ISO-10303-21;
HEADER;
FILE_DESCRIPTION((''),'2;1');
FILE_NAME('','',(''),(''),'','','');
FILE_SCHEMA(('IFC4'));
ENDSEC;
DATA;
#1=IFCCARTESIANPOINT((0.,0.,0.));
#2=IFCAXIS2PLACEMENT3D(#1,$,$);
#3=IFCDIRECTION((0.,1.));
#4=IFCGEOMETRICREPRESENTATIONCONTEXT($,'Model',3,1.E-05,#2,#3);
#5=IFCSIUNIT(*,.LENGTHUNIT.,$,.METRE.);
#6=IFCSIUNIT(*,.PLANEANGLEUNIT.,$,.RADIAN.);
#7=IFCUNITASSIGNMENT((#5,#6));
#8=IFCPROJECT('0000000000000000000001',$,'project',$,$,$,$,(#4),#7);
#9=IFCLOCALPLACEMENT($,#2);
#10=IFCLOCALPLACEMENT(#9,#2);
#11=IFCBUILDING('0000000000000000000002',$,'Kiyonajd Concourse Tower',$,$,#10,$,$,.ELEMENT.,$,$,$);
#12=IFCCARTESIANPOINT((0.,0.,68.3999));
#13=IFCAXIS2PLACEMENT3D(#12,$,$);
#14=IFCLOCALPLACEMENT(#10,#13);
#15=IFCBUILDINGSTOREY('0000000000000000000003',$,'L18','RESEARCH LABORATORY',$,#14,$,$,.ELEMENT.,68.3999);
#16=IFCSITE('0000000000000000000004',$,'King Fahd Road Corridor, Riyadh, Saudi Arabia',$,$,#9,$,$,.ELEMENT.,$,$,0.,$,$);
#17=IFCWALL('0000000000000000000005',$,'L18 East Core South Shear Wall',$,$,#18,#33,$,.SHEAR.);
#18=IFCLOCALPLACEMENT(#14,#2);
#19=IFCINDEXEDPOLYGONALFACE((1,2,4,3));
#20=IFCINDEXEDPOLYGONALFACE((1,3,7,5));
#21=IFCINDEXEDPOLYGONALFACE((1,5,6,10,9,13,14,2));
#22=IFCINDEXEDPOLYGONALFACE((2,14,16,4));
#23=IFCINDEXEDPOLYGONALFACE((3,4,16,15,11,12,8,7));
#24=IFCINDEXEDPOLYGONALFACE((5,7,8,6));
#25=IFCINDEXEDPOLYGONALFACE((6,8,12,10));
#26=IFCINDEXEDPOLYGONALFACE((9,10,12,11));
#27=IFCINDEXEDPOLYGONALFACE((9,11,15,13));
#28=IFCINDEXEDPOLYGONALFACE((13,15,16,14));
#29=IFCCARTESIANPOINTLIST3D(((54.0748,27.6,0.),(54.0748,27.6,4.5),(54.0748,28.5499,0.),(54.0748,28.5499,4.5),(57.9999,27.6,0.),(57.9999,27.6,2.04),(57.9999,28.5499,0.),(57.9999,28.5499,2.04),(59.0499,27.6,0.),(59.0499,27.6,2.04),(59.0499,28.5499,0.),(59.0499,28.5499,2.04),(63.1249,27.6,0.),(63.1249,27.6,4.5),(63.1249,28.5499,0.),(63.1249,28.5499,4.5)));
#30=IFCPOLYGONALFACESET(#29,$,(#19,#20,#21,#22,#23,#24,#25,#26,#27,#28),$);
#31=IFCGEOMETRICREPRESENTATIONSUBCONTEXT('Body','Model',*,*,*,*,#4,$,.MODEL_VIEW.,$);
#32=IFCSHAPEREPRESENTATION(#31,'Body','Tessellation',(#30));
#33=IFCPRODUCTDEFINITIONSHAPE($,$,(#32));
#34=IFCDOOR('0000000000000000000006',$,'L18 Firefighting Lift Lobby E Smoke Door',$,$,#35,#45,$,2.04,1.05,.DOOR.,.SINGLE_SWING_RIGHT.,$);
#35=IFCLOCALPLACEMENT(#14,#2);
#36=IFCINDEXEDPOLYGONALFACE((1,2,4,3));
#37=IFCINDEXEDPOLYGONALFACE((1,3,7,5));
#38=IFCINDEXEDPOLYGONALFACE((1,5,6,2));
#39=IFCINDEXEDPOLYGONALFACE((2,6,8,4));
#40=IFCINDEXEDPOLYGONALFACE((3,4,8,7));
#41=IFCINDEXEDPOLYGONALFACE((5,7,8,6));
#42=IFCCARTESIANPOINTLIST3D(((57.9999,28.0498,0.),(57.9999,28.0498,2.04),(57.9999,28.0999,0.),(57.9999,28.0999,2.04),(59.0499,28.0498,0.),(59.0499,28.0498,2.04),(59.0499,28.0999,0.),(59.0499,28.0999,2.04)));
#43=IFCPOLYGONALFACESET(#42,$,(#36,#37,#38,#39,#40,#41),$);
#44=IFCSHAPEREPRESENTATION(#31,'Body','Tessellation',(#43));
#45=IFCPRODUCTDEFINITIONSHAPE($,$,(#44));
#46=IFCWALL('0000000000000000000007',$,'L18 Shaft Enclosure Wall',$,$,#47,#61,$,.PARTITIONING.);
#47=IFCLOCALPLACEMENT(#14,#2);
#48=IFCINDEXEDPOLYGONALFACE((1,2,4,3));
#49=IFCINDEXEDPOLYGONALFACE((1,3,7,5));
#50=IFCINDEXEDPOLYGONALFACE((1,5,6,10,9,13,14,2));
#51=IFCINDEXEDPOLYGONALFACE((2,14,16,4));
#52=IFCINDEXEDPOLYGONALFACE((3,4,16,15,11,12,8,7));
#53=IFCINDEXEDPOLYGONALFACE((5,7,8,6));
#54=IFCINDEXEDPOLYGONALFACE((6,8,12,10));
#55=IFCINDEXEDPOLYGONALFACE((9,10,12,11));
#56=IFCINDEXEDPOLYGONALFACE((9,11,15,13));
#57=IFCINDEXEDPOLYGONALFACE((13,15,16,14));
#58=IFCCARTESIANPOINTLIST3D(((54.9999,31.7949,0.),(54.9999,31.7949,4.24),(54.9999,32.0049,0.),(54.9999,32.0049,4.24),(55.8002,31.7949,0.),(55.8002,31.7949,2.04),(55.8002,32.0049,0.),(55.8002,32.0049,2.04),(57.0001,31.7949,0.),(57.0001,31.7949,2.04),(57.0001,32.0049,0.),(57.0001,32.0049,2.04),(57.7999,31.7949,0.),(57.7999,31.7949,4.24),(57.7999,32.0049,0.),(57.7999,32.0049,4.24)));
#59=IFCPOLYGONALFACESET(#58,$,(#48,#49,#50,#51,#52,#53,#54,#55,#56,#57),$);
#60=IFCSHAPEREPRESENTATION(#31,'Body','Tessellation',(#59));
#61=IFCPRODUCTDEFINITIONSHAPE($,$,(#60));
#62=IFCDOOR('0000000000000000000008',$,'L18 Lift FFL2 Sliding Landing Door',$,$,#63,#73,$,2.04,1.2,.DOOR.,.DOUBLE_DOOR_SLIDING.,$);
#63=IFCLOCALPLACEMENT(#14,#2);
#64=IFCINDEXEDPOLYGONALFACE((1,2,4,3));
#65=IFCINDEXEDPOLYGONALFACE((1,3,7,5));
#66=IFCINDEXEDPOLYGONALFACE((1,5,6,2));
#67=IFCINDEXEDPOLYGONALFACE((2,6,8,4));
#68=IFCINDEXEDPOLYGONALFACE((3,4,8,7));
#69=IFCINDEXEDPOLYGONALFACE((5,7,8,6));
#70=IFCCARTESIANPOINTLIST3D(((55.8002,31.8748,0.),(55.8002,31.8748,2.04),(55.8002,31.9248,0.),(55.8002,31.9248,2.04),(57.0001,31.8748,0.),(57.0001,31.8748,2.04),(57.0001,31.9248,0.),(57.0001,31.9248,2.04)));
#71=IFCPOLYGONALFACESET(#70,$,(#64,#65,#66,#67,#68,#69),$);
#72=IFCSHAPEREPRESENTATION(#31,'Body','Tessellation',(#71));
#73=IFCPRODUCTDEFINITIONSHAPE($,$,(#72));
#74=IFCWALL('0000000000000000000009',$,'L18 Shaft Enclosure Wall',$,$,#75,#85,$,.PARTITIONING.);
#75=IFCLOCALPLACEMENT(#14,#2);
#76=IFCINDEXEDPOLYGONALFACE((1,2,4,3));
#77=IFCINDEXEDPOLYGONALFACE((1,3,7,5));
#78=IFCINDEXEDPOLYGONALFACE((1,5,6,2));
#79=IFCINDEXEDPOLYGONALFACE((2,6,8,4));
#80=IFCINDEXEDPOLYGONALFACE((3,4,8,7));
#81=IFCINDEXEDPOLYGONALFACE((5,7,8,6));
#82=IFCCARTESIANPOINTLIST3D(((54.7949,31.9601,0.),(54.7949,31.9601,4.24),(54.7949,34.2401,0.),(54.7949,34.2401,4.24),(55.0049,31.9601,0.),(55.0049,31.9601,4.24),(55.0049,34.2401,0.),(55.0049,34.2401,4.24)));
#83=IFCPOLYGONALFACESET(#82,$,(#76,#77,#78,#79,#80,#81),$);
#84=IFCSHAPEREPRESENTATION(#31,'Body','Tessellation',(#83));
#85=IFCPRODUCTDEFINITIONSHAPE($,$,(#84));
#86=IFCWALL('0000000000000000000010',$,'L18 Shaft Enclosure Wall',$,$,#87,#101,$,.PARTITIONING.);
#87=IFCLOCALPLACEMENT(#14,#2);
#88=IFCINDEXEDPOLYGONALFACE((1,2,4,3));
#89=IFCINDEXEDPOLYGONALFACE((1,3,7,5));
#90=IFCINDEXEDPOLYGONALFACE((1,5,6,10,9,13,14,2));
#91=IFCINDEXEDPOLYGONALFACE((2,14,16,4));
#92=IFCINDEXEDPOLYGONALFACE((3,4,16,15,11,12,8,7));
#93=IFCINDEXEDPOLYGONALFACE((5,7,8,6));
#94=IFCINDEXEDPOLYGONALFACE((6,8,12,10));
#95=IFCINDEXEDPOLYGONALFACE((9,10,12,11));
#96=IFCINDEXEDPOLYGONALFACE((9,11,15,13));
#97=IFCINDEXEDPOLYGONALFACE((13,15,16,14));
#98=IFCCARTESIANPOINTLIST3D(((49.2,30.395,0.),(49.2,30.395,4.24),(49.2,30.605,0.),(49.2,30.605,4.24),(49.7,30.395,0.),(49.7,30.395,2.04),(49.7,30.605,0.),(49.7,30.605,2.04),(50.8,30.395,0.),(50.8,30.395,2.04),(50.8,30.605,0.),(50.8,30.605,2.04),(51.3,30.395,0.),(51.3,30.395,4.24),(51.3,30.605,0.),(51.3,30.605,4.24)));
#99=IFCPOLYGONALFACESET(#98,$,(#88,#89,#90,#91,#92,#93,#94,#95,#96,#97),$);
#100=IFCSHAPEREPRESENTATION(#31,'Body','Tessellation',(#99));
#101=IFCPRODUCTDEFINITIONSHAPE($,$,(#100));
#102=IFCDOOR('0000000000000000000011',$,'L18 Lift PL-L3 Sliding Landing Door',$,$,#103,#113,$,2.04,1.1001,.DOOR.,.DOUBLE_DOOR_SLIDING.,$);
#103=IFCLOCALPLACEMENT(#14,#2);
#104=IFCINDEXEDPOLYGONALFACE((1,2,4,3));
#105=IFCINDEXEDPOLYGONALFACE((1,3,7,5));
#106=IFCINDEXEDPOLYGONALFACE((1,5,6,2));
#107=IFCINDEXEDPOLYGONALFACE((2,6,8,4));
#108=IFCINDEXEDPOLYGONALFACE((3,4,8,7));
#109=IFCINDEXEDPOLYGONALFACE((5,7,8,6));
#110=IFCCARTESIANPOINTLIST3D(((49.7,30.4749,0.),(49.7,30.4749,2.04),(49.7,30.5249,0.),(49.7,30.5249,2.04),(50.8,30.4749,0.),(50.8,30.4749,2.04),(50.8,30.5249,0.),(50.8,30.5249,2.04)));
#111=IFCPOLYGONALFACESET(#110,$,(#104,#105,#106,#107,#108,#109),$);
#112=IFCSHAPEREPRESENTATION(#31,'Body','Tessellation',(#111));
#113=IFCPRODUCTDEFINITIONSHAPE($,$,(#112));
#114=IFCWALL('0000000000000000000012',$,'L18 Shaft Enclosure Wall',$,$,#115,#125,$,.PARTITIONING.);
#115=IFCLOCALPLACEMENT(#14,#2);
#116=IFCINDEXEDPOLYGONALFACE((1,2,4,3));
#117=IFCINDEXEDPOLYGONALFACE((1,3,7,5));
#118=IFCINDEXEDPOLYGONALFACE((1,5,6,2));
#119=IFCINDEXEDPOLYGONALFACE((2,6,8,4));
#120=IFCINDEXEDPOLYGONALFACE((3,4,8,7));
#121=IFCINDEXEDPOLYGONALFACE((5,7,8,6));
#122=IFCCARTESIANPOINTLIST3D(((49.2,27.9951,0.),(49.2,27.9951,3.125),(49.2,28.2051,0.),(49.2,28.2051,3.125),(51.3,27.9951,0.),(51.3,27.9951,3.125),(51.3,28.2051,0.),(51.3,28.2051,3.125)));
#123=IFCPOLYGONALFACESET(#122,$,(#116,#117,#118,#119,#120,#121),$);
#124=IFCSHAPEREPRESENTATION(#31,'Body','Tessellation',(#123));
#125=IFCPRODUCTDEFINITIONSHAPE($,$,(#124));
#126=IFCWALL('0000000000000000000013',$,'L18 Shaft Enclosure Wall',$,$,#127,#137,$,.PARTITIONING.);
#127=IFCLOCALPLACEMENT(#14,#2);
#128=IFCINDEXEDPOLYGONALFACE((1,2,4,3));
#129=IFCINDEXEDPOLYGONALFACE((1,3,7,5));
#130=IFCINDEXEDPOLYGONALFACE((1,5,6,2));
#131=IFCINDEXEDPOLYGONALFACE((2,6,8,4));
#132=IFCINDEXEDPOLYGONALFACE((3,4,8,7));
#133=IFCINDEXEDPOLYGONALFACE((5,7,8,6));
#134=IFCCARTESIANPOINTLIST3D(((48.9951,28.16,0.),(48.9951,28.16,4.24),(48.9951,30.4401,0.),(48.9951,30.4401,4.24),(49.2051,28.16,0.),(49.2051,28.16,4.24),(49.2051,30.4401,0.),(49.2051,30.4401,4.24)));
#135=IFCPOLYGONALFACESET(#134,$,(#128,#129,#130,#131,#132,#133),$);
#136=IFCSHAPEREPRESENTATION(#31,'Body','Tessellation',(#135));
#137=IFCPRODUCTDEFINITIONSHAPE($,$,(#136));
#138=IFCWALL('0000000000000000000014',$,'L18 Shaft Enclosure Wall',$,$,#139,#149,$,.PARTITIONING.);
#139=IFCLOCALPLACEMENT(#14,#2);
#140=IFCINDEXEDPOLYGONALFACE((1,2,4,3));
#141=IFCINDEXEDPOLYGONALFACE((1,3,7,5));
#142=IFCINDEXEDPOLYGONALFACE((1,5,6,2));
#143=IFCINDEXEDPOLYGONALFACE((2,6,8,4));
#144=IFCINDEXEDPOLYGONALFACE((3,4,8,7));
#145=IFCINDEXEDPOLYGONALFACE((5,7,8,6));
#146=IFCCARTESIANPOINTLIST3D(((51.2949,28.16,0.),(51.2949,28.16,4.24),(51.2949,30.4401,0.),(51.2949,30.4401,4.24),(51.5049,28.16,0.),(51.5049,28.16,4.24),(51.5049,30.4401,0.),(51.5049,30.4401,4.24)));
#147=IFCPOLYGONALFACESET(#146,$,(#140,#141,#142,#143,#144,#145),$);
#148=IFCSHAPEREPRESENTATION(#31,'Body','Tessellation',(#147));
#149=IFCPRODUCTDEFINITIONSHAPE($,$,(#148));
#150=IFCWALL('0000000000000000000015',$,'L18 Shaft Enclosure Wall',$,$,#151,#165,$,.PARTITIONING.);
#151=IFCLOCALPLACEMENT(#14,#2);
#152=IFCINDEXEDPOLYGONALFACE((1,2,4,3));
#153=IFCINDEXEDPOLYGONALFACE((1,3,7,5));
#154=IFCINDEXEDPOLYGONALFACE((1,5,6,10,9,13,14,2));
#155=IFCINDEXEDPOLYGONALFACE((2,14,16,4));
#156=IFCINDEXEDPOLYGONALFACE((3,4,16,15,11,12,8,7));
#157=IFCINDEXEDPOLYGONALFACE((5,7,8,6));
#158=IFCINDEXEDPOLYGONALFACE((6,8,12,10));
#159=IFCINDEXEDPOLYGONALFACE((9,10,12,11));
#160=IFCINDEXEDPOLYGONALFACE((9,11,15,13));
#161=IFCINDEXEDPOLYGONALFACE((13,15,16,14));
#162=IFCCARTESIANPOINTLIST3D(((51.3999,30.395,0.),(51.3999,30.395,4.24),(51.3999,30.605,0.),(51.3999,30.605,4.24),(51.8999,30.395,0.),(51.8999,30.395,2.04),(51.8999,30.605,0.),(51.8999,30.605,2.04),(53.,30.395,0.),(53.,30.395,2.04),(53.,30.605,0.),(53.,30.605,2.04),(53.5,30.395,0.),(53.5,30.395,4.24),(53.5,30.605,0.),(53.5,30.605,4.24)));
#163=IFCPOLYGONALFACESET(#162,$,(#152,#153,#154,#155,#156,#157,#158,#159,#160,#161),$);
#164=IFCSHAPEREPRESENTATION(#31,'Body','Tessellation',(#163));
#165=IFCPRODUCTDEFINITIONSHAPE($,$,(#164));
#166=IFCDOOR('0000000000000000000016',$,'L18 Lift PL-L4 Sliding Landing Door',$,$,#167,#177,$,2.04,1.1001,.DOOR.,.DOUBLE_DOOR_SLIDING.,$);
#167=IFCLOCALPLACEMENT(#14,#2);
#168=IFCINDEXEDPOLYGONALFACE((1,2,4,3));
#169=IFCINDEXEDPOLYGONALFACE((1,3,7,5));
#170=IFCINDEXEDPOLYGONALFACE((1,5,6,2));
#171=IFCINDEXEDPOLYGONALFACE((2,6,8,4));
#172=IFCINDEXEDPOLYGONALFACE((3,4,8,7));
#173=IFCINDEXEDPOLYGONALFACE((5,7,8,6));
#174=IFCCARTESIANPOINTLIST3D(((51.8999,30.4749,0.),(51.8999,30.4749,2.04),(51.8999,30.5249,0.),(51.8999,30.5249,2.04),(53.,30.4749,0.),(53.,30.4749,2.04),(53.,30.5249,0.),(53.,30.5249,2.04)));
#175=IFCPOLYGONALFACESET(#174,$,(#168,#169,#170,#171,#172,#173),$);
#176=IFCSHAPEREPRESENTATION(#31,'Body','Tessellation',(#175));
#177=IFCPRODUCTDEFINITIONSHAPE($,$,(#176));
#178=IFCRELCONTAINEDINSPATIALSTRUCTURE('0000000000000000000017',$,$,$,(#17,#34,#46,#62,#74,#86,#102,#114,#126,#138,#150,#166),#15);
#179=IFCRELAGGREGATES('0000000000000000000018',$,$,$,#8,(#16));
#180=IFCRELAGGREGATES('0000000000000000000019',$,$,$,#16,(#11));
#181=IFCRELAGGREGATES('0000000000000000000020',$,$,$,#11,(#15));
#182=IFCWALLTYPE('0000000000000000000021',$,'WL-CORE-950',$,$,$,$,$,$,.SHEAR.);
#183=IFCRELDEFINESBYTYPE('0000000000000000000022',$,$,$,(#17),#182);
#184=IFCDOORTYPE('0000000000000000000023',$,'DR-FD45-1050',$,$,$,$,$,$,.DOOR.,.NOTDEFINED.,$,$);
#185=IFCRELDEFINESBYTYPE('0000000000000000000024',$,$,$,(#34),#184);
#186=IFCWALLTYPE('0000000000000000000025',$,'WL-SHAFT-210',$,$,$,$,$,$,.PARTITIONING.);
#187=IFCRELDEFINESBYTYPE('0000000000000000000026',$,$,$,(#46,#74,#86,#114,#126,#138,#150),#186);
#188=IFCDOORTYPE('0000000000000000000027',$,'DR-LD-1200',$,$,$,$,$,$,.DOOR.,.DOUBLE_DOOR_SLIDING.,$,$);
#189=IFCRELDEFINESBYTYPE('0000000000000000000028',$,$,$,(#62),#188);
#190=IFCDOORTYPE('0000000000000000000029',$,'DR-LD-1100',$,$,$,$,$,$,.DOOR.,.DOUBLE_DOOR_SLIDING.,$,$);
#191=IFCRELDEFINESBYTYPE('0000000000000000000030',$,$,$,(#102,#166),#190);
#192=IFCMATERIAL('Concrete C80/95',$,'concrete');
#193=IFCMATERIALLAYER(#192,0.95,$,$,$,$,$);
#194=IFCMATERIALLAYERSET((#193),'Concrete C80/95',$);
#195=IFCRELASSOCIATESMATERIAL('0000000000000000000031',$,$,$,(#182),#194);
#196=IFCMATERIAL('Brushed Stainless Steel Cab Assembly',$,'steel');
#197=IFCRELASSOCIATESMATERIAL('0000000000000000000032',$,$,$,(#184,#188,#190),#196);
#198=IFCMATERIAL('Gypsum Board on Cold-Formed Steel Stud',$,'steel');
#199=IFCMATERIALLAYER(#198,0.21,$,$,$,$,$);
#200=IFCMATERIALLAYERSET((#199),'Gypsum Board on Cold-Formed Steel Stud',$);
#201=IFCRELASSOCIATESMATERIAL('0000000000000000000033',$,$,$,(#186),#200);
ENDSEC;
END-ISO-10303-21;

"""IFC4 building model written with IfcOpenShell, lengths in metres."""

from ifc_helpers import new_model, si_unit, direction, frame, frame_2d, origin, place, context, subcontext, project, spatial, rectangle, extrude, material, layer, layer_set, type_object, element, fill, save


model = new_model("IFC4")

# Units and contexts
model_context = context("Model", 3, precision=1e-05, world=origin(), true_north=direction((0.0, 1.0)))
body_context = subcontext(model_context, "Body", "Model", "MODEL_VIEW")
ifc_project = project(units=[si_unit("LENGTHUNIT", "METRE"), si_unit("PLANEANGLEUNIT", "RADIAN")], contexts=[model_context])

# Site, building, storey
site_placement = place(None, origin())
site = spatial("IfcSite", under=ifc_project, at=site_placement, Name="King Fahd Road Corridor, Riyadh, Saudi Arabia", CompositionType="ELEMENT", RefElevation=0.0)
building_placement = place(site_placement, origin())
building = spatial("IfcBuilding", under=site, at=building_placement, Name="Kiyonajd Concourse Tower", CompositionType="ELEMENT")
storey_placement = place(building_placement, frame((0.0, 0.0, 68.3999)))
storey = spatial("IfcBuildingStorey", under=building, at=storey_placement, Name="L18", Description="RESEARCH LABORATORY", CompositionType="ELEMENT", Elevation=68.3999)

# Shared definitions
ifc_material_1 = material(Name="Concrete C80/95", Category="concrete")
ifc_layer_1 = layer(ifc_material_1, 0.95)
ifc_layer_set_1 = layer_set([ifc_layer_1], Name="Concrete C80/95")
wall_type_1 = type_object("IfcWallType", Name="WL-CORE-950", PredefinedType="SHEAR", material=ifc_layer_set_1)

# Walls, openings, doors
wall_1_placement = place(storey_placement, frame((54.075, 28.075, 0.0), z_axis=(0.0, 0.0, 1.0), x_axis=(1.0, 0.0, 0.0)))
wall_1 = element("IfcWall", 1, at=wall_1_placement, inside=storey, type_object=wall_type_1, Name="L18 East Core South Shear Wall", PredefinedType="SHEAR", context=body_context, shape_type="SweptSolid", body=[
    extrude(rectangle(XDim=9.05, YDim=0.95, at=frame_2d((4.5249, 0.0))), origin(), (0.0, 0.0, 1.0), 4.5),
])
opening_1_placement = place(wall_1_placement, frame((3.925, 0.0, 0.0)))
opening_1 = element("IfcOpeningElement", 2, at=opening_1_placement, cuts=wall_1, PredefinedType="OPENING", context=body_context, shape_type="SweptSolid", body=[
    extrude(rectangle(XDim=1.05, YDim=2.04, at=frame_2d((0.5249, 1.02))), frame((0.0, 0.4849, 0.0), z_axis=(0.0, -1.0, 0.0), x_axis=(1.0, 0.0, 0.0)), (0.0, 0.0, 1.0), 0.97),
])
ifc_material_2 = material(Name="Brushed Stainless Steel Cab Assembly", Category="steel")
door_type_1 = type_object("IfcDoorType", Name="DR-FD45-1050", OperationType="NOTDEFINED", PredefinedType="DOOR", material=ifc_material_2)
door_1_placement = place(opening_1_placement, origin())
door_1 = element("IfcDoor", 3, at=door_1_placement, inside=storey, type_object=door_type_1, Name="L18 Firefighting Lift Lobby E Smoke Door", OperationType="SINGLE_SWING_RIGHT", OverallHeight=2.04, OverallWidth=1.05, PredefinedType="DOOR", context=body_context, shape_type="SweptSolid", body=[
    extrude(rectangle(XDim=1.05, YDim=2.04, at=frame_2d((0.5249, 1.02))), frame((0.0, 0.0249, 0.0), z_axis=(0.0, -1.0, 0.0), x_axis=(1.0, 0.0, 0.0)), (0.0, 0.0, 1.0), 0.05),
])
fill(opening_1, door_1)
ifc_material_3 = material(Name="Gypsum Board on Cold-Formed Steel Stud", Category="steel")
ifc_layer_2 = layer(ifc_material_3, 0.21)
ifc_layer_set_2 = layer_set([ifc_layer_2], Name="Gypsum Board on Cold-Formed Steel Stud")
wall_type_2 = type_object("IfcWallType", Name="WL-SHAFT-210", PredefinedType="PARTITIONING", material=ifc_layer_set_2)
wall_2_placement = place(storey_placement, frame((55.0, 31.8999, 0.0), z_axis=(0.0, 0.0, 1.0), x_axis=(1.0, 0.0, 0.0)))
wall_2 = element("IfcWall", 4, at=wall_2_placement, inside=storey, type_object=wall_type_2, Name="L18 Shaft Enclosure Wall", PredefinedType="PARTITIONING", context=body_context, shape_type="SweptSolid", body=[
    extrude(rectangle(XDim=2.8, YDim=0.21, at=frame_2d((1.3999, 0.0))), origin(), (0.0, 0.0, 1.0), 4.24),
])
opening_2_placement = place(wall_2_placement, frame((0.8, 0.0, 0.0)))
opening_2 = element("IfcOpeningElement", 5, at=opening_2_placement, cuts=wall_2, PredefinedType="OPENING", context=body_context, shape_type="SweptSolid", body=[
    extrude(rectangle(XDim=1.2, YDim=2.04, at=frame_2d((0.6001, 1.02))), frame((0.0, 0.115, 0.0), z_axis=(0.0, -1.0, 0.0), x_axis=(1.0, 0.0, 0.0)), (0.0, 0.0, 1.0), 0.23),
])
door_type_2 = type_object("IfcDoorType", Name="DR-LD-1200", OperationType="DOUBLE_DOOR_SLIDING", PredefinedType="DOOR", material=ifc_material_2)
door_2_placement = place(opening_2_placement, origin())
door_2 = element("IfcDoor", 6, at=door_2_placement, inside=storey, type_object=door_type_2, Name="L18 Lift FFL2 Sliding Landing Door", OperationType="DOUBLE_DOOR_SLIDING", OverallHeight=2.04, OverallWidth=1.2, PredefinedType="DOOR", context=body_context, shape_type="SweptSolid", body=[
    extrude(rectangle(XDim=1.2, YDim=2.04, at=frame_2d((0.6001, 1.02))), frame((0.0, 0.0249, 0.0), z_axis=(0.0, -1.0, 0.0), x_axis=(1.0, 0.0, 0.0)), (0.0, 0.0, 1.0), 0.05),
])
fill(opening_2, door_2)

# Wall
wall_3_placement = place(storey_placement, frame((54.8999, 31.96, 0.0), z_axis=(0.0, 0.0, 1.0), x_axis=(0.0, 1.0, 0.0)))
element("IfcWall", 7, at=wall_3_placement, inside=storey, type_object=wall_type_2, Name="L18 Shaft Enclosure Wall", PredefinedType="PARTITIONING", context=body_context, shape_type="SweptSolid", body=[
    extrude(rectangle(XDim=2.28, YDim=0.21, at=frame_2d((1.1401, 0.0))), origin(), (0.0, 0.0, 1.0), 4.24),
])

# Wall, opening, door
wall_4_placement = place(storey_placement, frame((49.2, 30.5, 0.0), z_axis=(0.0, 0.0, 1.0), x_axis=(1.0, 0.0, 0.0)))
wall_4 = element("IfcWall", 8, at=wall_4_placement, inside=storey, type_object=wall_type_2, Name="L18 Shaft Enclosure Wall", PredefinedType="PARTITIONING", context=body_context, shape_type="SweptSolid", body=[
    extrude(rectangle(XDim=2.1001, YDim=0.21, at=frame_2d((1.05, 0.0))), origin(), (0.0, 0.0, 1.0), 4.24),
])
opening_3_placement = place(wall_4_placement, frame((0.5, 0.0, 0.0)))
opening_3 = element("IfcOpeningElement", 9, at=opening_3_placement, cuts=wall_4, PredefinedType="OPENING", context=body_context, shape_type="SweptSolid", body=[
    extrude(rectangle(XDim=1.1001, YDim=2.04, at=frame_2d((0.55, 1.02))), frame((0.0, 0.115, 0.0), z_axis=(0.0, -1.0, 0.0), x_axis=(1.0, 0.0, 0.0)), (0.0, 0.0, 1.0), 0.23),
])
door_type_3 = type_object("IfcDoorType", Name="DR-LD-1100", OperationType="DOUBLE_DOOR_SLIDING", PredefinedType="DOOR", material=ifc_material_2)
door_3_placement = place(opening_3_placement, origin())
door_3 = element("IfcDoor", 10, at=door_3_placement, inside=storey, type_object=door_type_3, Name="L18 Lift PL-L3 Sliding Landing Door", OperationType="DOUBLE_DOOR_SLIDING", OverallHeight=2.04, OverallWidth=1.1001, PredefinedType="DOOR", context=body_context, shape_type="SweptSolid", body=[
    extrude(rectangle(XDim=1.1001, YDim=2.04, at=frame_2d((0.55, 1.02))), frame((0.0, 0.0249, 0.0), z_axis=(0.0, -1.0, 0.0), x_axis=(1.0, 0.0, 0.0)), (0.0, 0.0, 1.0), 0.05),
])
fill(opening_3, door_3)

# Walls
wall_5_placement = place(storey_placement, frame((49.2, 28.1001, 0.0), z_axis=(0.0, 0.0, 1.0), x_axis=(1.0, 0.0, 0.0)))
element("IfcWall", 11, at=wall_5_placement, inside=storey, type_object=wall_type_2, Name="L18 Shaft Enclosure Wall", PredefinedType="PARTITIONING", context=body_context, shape_type="SweptSolid", body=[
    extrude(rectangle(XDim=2.1001, YDim=0.21, at=frame_2d((1.05, 0.0))), origin(), (0.0, 0.0, 1.0), 3.125),
])
for number, where, z_axis, x_axis, name in (
    (12, (49.1001, 28.1599, 0.0), (0.0, 0.0, 1.0), (0.0, 1.0, 0.0), "L18 Shaft Enclosure Wall"),
    (13, (51.3999, 28.1599, 0.0), (0.0, 0.0, 1.0), (0.0, 1.0, 0.0), "L18 Shaft Enclosure Wall"),
):
    element("IfcWall", number, at=place(storey_placement, frame(where, z_axis=z_axis, x_axis=x_axis)), inside=storey, type_object=wall_type_2, Name=name, PredefinedType="PARTITIONING", context=body_context, shape_type="SweptSolid", body=[
        extrude(rectangle(XDim=2.28, YDim=0.21, at=frame_2d((1.1401, 0.0))), origin(), (0.0, 0.0, 1.0), 4.24),
    ])

# Wall, opening, door
wall_6_placement = place(storey_placement, frame((51.3999, 30.5, 0.0), z_axis=(0.0, 0.0, 1.0), x_axis=(1.0, 0.0, 0.0)))
wall_6 = element("IfcWall", 14, at=wall_6_placement, inside=storey, type_object=wall_type_2, Name="L18 Shaft Enclosure Wall", PredefinedType="PARTITIONING", context=body_context, shape_type="SweptSolid", body=[
    extrude(rectangle(XDim=2.1001, YDim=0.21, at=frame_2d((1.05, 0.0))), origin(), (0.0, 0.0, 1.0), 4.24),
])
opening_4_placement = place(wall_6_placement, frame((0.5, 0.0, 0.0)))
opening_4 = element("IfcOpeningElement", 15, at=opening_4_placement, cuts=wall_6, PredefinedType="OPENING", context=body_context, shape_type="SweptSolid", body=[
    extrude(rectangle(XDim=1.1001, YDim=2.04, at=frame_2d((0.55, 1.02))), frame((0.0, 0.115, 0.0), z_axis=(0.0, -1.0, 0.0), x_axis=(1.0, 0.0, 0.0)), (0.0, 0.0, 1.0), 0.23),
])
door_4_placement = place(opening_4_placement, origin())
door_4 = element("IfcDoor", 16, at=door_4_placement, inside=storey, type_object=door_type_3, Name="L18 Lift PL-L4 Sliding Landing Door", OperationType="DOUBLE_DOOR_SLIDING", OverallHeight=2.04, OverallWidth=1.1001, PredefinedType="DOOR", context=body_context, shape_type="SweptSolid", body=[
    extrude(rectangle(XDim=1.1001, YDim=2.04, at=frame_2d((0.55, 1.02))), frame((0.0, 0.0249, 0.0), z_axis=(0.0, -1.0, 0.0), x_axis=(1.0, 0.0, 0.0)), (0.0, 0.0, 1.0), 0.05),
])
fill(opening_4, door_4)

save(model, "model.ifc")
